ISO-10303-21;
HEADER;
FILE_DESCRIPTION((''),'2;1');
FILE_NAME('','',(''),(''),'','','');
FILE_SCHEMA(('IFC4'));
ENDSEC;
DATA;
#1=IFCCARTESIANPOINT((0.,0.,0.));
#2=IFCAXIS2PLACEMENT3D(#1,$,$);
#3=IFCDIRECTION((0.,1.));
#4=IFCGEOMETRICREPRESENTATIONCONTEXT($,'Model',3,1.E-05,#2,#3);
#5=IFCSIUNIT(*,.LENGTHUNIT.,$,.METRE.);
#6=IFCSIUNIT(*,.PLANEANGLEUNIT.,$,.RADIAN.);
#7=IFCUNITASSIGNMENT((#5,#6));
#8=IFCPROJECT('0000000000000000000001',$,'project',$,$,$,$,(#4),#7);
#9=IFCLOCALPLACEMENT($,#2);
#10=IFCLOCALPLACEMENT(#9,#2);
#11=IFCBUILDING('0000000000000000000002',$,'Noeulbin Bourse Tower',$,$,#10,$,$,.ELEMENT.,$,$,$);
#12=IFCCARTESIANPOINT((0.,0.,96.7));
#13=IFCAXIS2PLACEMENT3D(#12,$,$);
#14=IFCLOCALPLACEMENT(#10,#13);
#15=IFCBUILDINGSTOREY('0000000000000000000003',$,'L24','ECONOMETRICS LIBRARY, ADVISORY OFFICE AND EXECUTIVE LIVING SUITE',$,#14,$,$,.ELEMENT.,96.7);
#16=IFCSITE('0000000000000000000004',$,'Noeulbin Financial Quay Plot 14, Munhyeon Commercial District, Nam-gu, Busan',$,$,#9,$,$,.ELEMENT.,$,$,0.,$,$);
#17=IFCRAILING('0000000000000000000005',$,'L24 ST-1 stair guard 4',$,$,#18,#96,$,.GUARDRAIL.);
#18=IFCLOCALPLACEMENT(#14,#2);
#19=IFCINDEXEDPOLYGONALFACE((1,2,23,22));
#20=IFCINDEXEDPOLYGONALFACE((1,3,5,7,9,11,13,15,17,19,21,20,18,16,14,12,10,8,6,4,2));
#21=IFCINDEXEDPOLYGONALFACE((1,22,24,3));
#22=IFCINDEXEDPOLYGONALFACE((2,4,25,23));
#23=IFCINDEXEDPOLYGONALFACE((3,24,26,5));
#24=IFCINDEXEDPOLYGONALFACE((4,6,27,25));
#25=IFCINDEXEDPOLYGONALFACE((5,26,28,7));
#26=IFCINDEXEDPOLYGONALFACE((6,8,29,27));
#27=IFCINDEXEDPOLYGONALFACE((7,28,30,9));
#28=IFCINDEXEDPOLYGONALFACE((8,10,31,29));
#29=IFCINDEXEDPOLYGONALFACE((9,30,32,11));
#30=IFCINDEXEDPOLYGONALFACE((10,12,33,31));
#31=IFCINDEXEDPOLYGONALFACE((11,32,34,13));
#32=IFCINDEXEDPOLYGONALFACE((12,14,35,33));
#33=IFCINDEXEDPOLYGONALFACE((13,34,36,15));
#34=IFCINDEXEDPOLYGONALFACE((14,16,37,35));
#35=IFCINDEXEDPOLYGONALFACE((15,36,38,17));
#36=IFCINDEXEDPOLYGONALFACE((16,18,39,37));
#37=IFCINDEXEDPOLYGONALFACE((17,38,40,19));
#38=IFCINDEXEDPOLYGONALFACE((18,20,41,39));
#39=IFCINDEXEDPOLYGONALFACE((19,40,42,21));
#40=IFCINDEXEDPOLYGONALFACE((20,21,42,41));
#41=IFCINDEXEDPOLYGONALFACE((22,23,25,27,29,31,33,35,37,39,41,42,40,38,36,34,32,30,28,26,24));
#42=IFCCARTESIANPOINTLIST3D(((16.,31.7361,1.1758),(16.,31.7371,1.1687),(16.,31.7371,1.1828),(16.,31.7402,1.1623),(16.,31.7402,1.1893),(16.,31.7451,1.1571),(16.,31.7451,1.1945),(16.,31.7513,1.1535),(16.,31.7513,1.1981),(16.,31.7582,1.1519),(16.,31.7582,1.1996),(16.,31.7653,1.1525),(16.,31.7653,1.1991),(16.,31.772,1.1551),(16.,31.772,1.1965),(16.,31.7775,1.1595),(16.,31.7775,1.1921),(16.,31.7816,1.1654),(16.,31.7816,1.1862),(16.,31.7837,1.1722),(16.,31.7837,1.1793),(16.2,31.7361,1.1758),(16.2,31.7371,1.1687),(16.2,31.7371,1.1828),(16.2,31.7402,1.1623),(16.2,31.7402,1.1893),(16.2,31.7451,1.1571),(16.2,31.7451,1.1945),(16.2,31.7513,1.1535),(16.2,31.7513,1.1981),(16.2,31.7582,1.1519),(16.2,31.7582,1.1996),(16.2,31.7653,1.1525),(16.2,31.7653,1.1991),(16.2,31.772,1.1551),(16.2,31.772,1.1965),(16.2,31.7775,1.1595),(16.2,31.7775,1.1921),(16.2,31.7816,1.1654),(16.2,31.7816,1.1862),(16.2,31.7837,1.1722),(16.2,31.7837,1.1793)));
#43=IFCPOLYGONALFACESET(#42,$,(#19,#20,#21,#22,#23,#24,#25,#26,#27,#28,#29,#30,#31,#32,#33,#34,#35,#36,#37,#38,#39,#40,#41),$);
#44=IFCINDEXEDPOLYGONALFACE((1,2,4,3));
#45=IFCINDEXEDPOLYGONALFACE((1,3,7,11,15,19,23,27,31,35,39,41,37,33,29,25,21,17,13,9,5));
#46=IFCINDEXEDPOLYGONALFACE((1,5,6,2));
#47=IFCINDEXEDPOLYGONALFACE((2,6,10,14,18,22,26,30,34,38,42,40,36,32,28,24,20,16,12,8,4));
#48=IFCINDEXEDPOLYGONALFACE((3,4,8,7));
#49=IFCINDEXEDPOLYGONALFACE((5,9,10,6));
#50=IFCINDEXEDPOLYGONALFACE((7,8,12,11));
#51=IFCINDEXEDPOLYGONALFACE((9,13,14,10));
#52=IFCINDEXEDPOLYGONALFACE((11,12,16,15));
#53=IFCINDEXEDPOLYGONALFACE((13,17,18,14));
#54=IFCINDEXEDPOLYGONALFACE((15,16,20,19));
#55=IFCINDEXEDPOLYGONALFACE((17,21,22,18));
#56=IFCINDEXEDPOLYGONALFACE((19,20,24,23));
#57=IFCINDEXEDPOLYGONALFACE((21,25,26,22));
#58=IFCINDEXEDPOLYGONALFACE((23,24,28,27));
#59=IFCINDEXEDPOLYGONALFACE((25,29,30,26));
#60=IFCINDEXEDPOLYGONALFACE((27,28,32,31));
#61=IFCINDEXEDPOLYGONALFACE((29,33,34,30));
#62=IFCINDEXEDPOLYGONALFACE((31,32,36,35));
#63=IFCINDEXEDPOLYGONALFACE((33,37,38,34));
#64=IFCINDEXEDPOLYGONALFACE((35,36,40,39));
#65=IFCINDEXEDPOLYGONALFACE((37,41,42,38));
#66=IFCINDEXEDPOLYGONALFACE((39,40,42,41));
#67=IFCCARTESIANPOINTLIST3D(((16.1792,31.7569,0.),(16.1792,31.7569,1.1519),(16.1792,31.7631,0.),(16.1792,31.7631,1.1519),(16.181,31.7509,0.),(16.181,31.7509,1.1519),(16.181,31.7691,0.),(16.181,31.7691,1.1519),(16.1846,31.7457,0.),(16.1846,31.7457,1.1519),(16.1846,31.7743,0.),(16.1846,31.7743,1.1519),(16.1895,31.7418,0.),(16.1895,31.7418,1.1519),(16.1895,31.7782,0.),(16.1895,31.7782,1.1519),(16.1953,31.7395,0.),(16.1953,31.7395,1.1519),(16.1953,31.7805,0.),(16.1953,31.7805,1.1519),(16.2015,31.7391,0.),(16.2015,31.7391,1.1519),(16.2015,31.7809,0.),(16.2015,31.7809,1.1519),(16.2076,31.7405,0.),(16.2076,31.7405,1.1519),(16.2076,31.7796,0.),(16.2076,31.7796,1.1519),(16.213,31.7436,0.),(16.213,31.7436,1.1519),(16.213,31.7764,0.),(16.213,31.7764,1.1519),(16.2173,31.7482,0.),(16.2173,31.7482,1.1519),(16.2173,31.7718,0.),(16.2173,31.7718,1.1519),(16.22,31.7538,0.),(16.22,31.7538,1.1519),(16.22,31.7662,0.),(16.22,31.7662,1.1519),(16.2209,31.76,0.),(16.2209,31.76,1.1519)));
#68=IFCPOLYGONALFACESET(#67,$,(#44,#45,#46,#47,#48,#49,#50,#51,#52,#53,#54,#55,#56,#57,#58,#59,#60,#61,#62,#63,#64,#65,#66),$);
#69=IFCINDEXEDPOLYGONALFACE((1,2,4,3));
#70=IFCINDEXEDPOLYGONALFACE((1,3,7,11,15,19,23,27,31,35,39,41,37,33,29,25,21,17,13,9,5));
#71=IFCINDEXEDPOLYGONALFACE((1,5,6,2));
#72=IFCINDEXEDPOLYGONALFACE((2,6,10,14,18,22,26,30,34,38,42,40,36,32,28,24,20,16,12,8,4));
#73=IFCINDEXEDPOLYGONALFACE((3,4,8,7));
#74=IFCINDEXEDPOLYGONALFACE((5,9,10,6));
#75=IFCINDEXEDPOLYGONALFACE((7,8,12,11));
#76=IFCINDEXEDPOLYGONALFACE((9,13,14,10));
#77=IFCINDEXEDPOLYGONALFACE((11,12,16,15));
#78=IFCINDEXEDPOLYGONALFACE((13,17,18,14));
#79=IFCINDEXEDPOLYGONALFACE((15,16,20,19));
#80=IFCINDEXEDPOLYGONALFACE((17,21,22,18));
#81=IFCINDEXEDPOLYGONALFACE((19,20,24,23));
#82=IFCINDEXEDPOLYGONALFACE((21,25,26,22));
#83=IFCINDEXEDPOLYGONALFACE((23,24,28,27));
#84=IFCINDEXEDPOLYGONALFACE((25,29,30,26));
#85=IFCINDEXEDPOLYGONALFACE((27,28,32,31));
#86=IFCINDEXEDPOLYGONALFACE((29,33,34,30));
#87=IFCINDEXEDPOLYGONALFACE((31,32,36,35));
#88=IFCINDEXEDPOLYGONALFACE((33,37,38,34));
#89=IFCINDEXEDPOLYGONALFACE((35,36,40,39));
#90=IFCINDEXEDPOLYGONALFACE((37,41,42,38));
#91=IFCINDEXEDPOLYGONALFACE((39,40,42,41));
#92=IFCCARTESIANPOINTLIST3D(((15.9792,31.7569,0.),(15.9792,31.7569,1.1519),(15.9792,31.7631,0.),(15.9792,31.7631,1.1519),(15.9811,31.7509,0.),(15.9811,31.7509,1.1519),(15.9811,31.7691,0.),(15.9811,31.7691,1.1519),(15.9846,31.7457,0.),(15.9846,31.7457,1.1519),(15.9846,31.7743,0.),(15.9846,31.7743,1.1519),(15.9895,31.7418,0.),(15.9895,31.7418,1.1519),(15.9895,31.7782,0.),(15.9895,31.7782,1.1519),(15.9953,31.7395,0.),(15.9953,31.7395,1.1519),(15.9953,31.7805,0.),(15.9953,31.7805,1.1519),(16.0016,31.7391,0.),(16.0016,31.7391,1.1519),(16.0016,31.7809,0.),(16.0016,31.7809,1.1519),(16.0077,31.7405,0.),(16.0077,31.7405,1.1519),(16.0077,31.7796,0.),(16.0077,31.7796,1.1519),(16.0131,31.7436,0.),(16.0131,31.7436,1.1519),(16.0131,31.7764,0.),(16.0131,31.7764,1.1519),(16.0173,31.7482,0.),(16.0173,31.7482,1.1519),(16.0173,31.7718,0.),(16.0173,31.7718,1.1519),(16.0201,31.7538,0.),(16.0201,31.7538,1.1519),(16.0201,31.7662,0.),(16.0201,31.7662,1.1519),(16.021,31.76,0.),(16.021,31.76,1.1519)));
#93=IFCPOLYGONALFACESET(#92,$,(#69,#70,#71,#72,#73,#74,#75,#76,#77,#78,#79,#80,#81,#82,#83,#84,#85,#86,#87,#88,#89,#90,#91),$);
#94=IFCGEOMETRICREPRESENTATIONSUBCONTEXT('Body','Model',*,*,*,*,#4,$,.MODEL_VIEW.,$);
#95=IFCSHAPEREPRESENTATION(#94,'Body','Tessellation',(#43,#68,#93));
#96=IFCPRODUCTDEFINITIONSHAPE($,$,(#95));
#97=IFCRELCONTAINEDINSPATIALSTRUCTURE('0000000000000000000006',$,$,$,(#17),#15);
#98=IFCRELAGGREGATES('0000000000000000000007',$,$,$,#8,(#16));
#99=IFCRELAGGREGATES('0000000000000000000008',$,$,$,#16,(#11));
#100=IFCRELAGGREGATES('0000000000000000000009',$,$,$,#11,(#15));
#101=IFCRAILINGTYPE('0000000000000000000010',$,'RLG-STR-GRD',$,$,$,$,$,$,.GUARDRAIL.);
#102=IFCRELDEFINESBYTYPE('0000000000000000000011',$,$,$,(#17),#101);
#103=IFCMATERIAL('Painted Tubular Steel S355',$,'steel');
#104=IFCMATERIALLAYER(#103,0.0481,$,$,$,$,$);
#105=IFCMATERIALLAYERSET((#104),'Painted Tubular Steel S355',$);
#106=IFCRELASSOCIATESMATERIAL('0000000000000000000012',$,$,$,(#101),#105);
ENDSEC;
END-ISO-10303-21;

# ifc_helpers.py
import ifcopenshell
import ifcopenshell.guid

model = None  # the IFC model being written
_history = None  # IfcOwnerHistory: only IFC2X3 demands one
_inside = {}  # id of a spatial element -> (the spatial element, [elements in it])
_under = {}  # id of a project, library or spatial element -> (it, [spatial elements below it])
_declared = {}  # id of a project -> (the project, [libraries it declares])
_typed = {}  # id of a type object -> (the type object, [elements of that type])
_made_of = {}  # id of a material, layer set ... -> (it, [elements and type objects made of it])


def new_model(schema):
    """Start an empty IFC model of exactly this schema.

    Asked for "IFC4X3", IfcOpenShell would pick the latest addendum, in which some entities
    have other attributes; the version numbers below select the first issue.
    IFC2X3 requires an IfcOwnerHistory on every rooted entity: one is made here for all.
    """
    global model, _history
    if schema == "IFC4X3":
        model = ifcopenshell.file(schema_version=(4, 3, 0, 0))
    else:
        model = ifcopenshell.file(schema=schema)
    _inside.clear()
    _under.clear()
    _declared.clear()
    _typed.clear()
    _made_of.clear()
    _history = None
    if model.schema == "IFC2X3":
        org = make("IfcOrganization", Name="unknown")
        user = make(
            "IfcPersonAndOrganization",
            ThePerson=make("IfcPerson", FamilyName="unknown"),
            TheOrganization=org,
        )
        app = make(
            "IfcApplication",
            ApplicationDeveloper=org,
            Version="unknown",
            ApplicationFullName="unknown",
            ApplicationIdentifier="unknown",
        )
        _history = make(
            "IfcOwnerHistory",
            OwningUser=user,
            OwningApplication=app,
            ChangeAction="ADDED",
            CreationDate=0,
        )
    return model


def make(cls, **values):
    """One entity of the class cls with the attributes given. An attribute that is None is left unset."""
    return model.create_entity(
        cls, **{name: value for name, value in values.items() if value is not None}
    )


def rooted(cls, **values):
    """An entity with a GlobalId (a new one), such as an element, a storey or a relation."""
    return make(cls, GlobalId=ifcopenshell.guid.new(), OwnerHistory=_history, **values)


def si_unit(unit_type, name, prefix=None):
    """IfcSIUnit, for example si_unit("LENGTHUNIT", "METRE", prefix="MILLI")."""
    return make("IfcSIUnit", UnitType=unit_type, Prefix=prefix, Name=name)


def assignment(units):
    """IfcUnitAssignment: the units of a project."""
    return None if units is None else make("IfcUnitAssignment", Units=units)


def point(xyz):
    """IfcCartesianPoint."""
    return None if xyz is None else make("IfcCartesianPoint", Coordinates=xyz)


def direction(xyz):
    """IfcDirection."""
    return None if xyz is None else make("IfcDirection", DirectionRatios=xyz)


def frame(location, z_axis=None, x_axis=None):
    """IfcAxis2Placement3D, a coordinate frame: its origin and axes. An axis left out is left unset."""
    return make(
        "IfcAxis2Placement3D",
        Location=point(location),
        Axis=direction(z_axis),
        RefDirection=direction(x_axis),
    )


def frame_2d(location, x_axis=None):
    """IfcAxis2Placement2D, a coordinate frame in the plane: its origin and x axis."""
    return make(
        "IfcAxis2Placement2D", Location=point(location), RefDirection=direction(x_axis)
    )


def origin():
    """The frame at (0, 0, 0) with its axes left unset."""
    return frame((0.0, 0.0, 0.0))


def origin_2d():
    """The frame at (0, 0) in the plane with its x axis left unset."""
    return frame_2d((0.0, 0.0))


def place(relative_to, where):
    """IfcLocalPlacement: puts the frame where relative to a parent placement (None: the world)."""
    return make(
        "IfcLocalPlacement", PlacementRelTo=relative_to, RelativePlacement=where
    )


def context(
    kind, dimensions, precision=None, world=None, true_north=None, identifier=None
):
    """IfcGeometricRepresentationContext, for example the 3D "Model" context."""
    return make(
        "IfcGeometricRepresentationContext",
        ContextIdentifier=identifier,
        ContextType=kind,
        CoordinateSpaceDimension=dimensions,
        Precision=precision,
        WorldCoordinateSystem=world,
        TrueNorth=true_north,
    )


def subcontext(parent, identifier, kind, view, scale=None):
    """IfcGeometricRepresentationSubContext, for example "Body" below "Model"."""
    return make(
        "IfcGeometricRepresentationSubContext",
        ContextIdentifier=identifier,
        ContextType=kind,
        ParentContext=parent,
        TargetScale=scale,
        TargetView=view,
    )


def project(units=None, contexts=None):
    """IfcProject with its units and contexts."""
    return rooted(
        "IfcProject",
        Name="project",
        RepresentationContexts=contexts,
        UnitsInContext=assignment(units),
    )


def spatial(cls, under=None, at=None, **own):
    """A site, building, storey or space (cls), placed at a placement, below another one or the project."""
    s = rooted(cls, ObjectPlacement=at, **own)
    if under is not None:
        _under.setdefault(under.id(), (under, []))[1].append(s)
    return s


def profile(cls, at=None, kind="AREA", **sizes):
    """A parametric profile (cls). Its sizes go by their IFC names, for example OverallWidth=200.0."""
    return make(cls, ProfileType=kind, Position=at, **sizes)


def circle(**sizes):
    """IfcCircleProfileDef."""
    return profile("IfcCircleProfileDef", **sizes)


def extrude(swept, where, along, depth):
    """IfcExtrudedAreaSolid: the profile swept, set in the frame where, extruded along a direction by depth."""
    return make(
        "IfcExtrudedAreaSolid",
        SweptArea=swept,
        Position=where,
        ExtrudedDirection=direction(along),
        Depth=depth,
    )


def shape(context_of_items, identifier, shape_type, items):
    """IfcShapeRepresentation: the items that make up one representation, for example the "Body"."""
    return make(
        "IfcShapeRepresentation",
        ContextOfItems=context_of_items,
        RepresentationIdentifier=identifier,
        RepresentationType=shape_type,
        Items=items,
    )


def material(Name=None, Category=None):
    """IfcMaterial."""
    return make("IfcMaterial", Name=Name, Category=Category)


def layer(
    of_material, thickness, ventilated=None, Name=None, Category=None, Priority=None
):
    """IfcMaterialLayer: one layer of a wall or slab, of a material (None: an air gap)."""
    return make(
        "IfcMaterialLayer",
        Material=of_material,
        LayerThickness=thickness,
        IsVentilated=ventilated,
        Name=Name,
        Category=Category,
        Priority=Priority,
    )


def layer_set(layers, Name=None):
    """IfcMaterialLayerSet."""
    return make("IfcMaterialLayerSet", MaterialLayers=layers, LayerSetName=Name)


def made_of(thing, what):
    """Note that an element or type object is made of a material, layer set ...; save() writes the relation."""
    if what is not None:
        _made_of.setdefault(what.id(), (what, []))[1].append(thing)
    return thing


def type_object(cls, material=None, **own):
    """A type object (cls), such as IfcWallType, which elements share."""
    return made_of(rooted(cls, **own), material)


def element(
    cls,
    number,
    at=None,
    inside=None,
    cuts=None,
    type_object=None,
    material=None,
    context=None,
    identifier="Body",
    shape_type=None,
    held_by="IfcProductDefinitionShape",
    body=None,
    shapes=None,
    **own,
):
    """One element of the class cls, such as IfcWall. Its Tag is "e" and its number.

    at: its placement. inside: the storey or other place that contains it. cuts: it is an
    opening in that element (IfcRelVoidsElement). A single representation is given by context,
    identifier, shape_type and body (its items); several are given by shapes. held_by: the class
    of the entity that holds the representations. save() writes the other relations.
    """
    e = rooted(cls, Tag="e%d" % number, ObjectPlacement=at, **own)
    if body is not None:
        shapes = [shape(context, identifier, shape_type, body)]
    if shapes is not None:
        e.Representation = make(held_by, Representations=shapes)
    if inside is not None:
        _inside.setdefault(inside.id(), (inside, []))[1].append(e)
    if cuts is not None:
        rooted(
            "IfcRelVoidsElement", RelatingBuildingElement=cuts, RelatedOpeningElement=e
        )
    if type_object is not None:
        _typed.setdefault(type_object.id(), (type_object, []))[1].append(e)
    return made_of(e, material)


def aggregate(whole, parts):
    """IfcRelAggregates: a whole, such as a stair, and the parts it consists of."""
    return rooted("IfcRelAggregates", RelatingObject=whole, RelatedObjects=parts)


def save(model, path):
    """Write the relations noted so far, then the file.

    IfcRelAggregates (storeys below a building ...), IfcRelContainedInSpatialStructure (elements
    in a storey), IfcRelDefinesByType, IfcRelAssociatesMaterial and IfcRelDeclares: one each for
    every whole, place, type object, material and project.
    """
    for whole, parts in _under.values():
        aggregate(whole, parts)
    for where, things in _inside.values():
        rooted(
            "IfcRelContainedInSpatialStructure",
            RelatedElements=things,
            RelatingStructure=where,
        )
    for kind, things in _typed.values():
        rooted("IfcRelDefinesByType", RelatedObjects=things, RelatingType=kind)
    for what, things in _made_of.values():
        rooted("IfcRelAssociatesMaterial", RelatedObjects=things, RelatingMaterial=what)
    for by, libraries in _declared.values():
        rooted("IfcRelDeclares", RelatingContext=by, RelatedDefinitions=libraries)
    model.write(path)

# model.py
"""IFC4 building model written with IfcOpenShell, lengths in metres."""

from ifc_helpers import new_model, si_unit, direction, frame, origin, origin_2d, place, context, subcontext, project, spatial, circle, extrude, material, layer, layer_set, type_object, element, save


model = new_model("IFC4")

# Units and contexts
model_context = context("Model", 3, precision=1e-05, world=origin(), true_north=direction((0.0, 1.0)))
body_context = subcontext(model_context, "Body", "Model", "MODEL_VIEW")
ifc_project = project(units=[si_unit("LENGTHUNIT", "METRE"), si_unit("PLANEANGLEUNIT", "RADIAN")], contexts=[model_context])

# Site, building, storey
site_placement = place(None, origin())
site = spatial("IfcSite", under=ifc_project, at=site_placement, Name="Noeulbin Financial Quay Plot 14, Munhyeon Commercial District, Nam-gu, Busan", CompositionType="ELEMENT", RefElevation=0.0)
building_placement = place(site_placement, origin())
building = spatial("IfcBuilding", under=site, at=building_placement, Name="Noeulbin Bourse Tower", CompositionType="ELEMENT")
storey_placement = place(building_placement, frame((0.0, 0.0, 96.7)))
storey = spatial("IfcBuildingStorey", under=building, at=storey_placement, Name="L24", Description="ECONOMETRICS LIBRARY, ADVISORY OFFICE AND EXECUTIVE LIVING SUITE", CompositionType="ELEMENT", Elevation=96.7)

# Railing
ifc_material_1 = material(Name="Painted Tubular Steel S355", Category="steel")
ifc_layer_1 = layer(ifc_material_1, 0.0481)
ifc_layer_set_1 = layer_set([ifc_layer_1], Name="Painted Tubular Steel S355")
railing_type_1 = type_object("IfcRailingType", Name="RLG-STR-GRD", PredefinedType="GUARDRAIL", material=ifc_layer_set_1)
railing_1_placement = place(storey_placement, frame((16.2, 31.76, 0.0)))
element("IfcRailing", 1, at=railing_1_placement, inside=storey, type_object=railing_type_1, Name="L24 ST-1 stair guard 4", PredefinedType="GUARDRAIL", context=body_context, shape_type="SweptSolid", body=[
    extrude(circle(Radius=0.0239, at=origin_2d()), frame((0.0, 0.0, 1.1758), z_axis=(-1.0, 0.0, 0.0), x_axis=(0.0, -1.0, 0.0)), (0.0, 0.0, 1.0), 0.2),
    extrude(circle(Radius=0.021, at=origin_2d()), origin(), (0.0, 0.0, 1.0), 1.1519),
    extrude(circle(Radius=0.021, at=origin_2d()), frame((-0.2, 0.0, 0.0)), (0.0, 0.0, 1.0), 1.1519),
])

save(model, "model.ifc")
